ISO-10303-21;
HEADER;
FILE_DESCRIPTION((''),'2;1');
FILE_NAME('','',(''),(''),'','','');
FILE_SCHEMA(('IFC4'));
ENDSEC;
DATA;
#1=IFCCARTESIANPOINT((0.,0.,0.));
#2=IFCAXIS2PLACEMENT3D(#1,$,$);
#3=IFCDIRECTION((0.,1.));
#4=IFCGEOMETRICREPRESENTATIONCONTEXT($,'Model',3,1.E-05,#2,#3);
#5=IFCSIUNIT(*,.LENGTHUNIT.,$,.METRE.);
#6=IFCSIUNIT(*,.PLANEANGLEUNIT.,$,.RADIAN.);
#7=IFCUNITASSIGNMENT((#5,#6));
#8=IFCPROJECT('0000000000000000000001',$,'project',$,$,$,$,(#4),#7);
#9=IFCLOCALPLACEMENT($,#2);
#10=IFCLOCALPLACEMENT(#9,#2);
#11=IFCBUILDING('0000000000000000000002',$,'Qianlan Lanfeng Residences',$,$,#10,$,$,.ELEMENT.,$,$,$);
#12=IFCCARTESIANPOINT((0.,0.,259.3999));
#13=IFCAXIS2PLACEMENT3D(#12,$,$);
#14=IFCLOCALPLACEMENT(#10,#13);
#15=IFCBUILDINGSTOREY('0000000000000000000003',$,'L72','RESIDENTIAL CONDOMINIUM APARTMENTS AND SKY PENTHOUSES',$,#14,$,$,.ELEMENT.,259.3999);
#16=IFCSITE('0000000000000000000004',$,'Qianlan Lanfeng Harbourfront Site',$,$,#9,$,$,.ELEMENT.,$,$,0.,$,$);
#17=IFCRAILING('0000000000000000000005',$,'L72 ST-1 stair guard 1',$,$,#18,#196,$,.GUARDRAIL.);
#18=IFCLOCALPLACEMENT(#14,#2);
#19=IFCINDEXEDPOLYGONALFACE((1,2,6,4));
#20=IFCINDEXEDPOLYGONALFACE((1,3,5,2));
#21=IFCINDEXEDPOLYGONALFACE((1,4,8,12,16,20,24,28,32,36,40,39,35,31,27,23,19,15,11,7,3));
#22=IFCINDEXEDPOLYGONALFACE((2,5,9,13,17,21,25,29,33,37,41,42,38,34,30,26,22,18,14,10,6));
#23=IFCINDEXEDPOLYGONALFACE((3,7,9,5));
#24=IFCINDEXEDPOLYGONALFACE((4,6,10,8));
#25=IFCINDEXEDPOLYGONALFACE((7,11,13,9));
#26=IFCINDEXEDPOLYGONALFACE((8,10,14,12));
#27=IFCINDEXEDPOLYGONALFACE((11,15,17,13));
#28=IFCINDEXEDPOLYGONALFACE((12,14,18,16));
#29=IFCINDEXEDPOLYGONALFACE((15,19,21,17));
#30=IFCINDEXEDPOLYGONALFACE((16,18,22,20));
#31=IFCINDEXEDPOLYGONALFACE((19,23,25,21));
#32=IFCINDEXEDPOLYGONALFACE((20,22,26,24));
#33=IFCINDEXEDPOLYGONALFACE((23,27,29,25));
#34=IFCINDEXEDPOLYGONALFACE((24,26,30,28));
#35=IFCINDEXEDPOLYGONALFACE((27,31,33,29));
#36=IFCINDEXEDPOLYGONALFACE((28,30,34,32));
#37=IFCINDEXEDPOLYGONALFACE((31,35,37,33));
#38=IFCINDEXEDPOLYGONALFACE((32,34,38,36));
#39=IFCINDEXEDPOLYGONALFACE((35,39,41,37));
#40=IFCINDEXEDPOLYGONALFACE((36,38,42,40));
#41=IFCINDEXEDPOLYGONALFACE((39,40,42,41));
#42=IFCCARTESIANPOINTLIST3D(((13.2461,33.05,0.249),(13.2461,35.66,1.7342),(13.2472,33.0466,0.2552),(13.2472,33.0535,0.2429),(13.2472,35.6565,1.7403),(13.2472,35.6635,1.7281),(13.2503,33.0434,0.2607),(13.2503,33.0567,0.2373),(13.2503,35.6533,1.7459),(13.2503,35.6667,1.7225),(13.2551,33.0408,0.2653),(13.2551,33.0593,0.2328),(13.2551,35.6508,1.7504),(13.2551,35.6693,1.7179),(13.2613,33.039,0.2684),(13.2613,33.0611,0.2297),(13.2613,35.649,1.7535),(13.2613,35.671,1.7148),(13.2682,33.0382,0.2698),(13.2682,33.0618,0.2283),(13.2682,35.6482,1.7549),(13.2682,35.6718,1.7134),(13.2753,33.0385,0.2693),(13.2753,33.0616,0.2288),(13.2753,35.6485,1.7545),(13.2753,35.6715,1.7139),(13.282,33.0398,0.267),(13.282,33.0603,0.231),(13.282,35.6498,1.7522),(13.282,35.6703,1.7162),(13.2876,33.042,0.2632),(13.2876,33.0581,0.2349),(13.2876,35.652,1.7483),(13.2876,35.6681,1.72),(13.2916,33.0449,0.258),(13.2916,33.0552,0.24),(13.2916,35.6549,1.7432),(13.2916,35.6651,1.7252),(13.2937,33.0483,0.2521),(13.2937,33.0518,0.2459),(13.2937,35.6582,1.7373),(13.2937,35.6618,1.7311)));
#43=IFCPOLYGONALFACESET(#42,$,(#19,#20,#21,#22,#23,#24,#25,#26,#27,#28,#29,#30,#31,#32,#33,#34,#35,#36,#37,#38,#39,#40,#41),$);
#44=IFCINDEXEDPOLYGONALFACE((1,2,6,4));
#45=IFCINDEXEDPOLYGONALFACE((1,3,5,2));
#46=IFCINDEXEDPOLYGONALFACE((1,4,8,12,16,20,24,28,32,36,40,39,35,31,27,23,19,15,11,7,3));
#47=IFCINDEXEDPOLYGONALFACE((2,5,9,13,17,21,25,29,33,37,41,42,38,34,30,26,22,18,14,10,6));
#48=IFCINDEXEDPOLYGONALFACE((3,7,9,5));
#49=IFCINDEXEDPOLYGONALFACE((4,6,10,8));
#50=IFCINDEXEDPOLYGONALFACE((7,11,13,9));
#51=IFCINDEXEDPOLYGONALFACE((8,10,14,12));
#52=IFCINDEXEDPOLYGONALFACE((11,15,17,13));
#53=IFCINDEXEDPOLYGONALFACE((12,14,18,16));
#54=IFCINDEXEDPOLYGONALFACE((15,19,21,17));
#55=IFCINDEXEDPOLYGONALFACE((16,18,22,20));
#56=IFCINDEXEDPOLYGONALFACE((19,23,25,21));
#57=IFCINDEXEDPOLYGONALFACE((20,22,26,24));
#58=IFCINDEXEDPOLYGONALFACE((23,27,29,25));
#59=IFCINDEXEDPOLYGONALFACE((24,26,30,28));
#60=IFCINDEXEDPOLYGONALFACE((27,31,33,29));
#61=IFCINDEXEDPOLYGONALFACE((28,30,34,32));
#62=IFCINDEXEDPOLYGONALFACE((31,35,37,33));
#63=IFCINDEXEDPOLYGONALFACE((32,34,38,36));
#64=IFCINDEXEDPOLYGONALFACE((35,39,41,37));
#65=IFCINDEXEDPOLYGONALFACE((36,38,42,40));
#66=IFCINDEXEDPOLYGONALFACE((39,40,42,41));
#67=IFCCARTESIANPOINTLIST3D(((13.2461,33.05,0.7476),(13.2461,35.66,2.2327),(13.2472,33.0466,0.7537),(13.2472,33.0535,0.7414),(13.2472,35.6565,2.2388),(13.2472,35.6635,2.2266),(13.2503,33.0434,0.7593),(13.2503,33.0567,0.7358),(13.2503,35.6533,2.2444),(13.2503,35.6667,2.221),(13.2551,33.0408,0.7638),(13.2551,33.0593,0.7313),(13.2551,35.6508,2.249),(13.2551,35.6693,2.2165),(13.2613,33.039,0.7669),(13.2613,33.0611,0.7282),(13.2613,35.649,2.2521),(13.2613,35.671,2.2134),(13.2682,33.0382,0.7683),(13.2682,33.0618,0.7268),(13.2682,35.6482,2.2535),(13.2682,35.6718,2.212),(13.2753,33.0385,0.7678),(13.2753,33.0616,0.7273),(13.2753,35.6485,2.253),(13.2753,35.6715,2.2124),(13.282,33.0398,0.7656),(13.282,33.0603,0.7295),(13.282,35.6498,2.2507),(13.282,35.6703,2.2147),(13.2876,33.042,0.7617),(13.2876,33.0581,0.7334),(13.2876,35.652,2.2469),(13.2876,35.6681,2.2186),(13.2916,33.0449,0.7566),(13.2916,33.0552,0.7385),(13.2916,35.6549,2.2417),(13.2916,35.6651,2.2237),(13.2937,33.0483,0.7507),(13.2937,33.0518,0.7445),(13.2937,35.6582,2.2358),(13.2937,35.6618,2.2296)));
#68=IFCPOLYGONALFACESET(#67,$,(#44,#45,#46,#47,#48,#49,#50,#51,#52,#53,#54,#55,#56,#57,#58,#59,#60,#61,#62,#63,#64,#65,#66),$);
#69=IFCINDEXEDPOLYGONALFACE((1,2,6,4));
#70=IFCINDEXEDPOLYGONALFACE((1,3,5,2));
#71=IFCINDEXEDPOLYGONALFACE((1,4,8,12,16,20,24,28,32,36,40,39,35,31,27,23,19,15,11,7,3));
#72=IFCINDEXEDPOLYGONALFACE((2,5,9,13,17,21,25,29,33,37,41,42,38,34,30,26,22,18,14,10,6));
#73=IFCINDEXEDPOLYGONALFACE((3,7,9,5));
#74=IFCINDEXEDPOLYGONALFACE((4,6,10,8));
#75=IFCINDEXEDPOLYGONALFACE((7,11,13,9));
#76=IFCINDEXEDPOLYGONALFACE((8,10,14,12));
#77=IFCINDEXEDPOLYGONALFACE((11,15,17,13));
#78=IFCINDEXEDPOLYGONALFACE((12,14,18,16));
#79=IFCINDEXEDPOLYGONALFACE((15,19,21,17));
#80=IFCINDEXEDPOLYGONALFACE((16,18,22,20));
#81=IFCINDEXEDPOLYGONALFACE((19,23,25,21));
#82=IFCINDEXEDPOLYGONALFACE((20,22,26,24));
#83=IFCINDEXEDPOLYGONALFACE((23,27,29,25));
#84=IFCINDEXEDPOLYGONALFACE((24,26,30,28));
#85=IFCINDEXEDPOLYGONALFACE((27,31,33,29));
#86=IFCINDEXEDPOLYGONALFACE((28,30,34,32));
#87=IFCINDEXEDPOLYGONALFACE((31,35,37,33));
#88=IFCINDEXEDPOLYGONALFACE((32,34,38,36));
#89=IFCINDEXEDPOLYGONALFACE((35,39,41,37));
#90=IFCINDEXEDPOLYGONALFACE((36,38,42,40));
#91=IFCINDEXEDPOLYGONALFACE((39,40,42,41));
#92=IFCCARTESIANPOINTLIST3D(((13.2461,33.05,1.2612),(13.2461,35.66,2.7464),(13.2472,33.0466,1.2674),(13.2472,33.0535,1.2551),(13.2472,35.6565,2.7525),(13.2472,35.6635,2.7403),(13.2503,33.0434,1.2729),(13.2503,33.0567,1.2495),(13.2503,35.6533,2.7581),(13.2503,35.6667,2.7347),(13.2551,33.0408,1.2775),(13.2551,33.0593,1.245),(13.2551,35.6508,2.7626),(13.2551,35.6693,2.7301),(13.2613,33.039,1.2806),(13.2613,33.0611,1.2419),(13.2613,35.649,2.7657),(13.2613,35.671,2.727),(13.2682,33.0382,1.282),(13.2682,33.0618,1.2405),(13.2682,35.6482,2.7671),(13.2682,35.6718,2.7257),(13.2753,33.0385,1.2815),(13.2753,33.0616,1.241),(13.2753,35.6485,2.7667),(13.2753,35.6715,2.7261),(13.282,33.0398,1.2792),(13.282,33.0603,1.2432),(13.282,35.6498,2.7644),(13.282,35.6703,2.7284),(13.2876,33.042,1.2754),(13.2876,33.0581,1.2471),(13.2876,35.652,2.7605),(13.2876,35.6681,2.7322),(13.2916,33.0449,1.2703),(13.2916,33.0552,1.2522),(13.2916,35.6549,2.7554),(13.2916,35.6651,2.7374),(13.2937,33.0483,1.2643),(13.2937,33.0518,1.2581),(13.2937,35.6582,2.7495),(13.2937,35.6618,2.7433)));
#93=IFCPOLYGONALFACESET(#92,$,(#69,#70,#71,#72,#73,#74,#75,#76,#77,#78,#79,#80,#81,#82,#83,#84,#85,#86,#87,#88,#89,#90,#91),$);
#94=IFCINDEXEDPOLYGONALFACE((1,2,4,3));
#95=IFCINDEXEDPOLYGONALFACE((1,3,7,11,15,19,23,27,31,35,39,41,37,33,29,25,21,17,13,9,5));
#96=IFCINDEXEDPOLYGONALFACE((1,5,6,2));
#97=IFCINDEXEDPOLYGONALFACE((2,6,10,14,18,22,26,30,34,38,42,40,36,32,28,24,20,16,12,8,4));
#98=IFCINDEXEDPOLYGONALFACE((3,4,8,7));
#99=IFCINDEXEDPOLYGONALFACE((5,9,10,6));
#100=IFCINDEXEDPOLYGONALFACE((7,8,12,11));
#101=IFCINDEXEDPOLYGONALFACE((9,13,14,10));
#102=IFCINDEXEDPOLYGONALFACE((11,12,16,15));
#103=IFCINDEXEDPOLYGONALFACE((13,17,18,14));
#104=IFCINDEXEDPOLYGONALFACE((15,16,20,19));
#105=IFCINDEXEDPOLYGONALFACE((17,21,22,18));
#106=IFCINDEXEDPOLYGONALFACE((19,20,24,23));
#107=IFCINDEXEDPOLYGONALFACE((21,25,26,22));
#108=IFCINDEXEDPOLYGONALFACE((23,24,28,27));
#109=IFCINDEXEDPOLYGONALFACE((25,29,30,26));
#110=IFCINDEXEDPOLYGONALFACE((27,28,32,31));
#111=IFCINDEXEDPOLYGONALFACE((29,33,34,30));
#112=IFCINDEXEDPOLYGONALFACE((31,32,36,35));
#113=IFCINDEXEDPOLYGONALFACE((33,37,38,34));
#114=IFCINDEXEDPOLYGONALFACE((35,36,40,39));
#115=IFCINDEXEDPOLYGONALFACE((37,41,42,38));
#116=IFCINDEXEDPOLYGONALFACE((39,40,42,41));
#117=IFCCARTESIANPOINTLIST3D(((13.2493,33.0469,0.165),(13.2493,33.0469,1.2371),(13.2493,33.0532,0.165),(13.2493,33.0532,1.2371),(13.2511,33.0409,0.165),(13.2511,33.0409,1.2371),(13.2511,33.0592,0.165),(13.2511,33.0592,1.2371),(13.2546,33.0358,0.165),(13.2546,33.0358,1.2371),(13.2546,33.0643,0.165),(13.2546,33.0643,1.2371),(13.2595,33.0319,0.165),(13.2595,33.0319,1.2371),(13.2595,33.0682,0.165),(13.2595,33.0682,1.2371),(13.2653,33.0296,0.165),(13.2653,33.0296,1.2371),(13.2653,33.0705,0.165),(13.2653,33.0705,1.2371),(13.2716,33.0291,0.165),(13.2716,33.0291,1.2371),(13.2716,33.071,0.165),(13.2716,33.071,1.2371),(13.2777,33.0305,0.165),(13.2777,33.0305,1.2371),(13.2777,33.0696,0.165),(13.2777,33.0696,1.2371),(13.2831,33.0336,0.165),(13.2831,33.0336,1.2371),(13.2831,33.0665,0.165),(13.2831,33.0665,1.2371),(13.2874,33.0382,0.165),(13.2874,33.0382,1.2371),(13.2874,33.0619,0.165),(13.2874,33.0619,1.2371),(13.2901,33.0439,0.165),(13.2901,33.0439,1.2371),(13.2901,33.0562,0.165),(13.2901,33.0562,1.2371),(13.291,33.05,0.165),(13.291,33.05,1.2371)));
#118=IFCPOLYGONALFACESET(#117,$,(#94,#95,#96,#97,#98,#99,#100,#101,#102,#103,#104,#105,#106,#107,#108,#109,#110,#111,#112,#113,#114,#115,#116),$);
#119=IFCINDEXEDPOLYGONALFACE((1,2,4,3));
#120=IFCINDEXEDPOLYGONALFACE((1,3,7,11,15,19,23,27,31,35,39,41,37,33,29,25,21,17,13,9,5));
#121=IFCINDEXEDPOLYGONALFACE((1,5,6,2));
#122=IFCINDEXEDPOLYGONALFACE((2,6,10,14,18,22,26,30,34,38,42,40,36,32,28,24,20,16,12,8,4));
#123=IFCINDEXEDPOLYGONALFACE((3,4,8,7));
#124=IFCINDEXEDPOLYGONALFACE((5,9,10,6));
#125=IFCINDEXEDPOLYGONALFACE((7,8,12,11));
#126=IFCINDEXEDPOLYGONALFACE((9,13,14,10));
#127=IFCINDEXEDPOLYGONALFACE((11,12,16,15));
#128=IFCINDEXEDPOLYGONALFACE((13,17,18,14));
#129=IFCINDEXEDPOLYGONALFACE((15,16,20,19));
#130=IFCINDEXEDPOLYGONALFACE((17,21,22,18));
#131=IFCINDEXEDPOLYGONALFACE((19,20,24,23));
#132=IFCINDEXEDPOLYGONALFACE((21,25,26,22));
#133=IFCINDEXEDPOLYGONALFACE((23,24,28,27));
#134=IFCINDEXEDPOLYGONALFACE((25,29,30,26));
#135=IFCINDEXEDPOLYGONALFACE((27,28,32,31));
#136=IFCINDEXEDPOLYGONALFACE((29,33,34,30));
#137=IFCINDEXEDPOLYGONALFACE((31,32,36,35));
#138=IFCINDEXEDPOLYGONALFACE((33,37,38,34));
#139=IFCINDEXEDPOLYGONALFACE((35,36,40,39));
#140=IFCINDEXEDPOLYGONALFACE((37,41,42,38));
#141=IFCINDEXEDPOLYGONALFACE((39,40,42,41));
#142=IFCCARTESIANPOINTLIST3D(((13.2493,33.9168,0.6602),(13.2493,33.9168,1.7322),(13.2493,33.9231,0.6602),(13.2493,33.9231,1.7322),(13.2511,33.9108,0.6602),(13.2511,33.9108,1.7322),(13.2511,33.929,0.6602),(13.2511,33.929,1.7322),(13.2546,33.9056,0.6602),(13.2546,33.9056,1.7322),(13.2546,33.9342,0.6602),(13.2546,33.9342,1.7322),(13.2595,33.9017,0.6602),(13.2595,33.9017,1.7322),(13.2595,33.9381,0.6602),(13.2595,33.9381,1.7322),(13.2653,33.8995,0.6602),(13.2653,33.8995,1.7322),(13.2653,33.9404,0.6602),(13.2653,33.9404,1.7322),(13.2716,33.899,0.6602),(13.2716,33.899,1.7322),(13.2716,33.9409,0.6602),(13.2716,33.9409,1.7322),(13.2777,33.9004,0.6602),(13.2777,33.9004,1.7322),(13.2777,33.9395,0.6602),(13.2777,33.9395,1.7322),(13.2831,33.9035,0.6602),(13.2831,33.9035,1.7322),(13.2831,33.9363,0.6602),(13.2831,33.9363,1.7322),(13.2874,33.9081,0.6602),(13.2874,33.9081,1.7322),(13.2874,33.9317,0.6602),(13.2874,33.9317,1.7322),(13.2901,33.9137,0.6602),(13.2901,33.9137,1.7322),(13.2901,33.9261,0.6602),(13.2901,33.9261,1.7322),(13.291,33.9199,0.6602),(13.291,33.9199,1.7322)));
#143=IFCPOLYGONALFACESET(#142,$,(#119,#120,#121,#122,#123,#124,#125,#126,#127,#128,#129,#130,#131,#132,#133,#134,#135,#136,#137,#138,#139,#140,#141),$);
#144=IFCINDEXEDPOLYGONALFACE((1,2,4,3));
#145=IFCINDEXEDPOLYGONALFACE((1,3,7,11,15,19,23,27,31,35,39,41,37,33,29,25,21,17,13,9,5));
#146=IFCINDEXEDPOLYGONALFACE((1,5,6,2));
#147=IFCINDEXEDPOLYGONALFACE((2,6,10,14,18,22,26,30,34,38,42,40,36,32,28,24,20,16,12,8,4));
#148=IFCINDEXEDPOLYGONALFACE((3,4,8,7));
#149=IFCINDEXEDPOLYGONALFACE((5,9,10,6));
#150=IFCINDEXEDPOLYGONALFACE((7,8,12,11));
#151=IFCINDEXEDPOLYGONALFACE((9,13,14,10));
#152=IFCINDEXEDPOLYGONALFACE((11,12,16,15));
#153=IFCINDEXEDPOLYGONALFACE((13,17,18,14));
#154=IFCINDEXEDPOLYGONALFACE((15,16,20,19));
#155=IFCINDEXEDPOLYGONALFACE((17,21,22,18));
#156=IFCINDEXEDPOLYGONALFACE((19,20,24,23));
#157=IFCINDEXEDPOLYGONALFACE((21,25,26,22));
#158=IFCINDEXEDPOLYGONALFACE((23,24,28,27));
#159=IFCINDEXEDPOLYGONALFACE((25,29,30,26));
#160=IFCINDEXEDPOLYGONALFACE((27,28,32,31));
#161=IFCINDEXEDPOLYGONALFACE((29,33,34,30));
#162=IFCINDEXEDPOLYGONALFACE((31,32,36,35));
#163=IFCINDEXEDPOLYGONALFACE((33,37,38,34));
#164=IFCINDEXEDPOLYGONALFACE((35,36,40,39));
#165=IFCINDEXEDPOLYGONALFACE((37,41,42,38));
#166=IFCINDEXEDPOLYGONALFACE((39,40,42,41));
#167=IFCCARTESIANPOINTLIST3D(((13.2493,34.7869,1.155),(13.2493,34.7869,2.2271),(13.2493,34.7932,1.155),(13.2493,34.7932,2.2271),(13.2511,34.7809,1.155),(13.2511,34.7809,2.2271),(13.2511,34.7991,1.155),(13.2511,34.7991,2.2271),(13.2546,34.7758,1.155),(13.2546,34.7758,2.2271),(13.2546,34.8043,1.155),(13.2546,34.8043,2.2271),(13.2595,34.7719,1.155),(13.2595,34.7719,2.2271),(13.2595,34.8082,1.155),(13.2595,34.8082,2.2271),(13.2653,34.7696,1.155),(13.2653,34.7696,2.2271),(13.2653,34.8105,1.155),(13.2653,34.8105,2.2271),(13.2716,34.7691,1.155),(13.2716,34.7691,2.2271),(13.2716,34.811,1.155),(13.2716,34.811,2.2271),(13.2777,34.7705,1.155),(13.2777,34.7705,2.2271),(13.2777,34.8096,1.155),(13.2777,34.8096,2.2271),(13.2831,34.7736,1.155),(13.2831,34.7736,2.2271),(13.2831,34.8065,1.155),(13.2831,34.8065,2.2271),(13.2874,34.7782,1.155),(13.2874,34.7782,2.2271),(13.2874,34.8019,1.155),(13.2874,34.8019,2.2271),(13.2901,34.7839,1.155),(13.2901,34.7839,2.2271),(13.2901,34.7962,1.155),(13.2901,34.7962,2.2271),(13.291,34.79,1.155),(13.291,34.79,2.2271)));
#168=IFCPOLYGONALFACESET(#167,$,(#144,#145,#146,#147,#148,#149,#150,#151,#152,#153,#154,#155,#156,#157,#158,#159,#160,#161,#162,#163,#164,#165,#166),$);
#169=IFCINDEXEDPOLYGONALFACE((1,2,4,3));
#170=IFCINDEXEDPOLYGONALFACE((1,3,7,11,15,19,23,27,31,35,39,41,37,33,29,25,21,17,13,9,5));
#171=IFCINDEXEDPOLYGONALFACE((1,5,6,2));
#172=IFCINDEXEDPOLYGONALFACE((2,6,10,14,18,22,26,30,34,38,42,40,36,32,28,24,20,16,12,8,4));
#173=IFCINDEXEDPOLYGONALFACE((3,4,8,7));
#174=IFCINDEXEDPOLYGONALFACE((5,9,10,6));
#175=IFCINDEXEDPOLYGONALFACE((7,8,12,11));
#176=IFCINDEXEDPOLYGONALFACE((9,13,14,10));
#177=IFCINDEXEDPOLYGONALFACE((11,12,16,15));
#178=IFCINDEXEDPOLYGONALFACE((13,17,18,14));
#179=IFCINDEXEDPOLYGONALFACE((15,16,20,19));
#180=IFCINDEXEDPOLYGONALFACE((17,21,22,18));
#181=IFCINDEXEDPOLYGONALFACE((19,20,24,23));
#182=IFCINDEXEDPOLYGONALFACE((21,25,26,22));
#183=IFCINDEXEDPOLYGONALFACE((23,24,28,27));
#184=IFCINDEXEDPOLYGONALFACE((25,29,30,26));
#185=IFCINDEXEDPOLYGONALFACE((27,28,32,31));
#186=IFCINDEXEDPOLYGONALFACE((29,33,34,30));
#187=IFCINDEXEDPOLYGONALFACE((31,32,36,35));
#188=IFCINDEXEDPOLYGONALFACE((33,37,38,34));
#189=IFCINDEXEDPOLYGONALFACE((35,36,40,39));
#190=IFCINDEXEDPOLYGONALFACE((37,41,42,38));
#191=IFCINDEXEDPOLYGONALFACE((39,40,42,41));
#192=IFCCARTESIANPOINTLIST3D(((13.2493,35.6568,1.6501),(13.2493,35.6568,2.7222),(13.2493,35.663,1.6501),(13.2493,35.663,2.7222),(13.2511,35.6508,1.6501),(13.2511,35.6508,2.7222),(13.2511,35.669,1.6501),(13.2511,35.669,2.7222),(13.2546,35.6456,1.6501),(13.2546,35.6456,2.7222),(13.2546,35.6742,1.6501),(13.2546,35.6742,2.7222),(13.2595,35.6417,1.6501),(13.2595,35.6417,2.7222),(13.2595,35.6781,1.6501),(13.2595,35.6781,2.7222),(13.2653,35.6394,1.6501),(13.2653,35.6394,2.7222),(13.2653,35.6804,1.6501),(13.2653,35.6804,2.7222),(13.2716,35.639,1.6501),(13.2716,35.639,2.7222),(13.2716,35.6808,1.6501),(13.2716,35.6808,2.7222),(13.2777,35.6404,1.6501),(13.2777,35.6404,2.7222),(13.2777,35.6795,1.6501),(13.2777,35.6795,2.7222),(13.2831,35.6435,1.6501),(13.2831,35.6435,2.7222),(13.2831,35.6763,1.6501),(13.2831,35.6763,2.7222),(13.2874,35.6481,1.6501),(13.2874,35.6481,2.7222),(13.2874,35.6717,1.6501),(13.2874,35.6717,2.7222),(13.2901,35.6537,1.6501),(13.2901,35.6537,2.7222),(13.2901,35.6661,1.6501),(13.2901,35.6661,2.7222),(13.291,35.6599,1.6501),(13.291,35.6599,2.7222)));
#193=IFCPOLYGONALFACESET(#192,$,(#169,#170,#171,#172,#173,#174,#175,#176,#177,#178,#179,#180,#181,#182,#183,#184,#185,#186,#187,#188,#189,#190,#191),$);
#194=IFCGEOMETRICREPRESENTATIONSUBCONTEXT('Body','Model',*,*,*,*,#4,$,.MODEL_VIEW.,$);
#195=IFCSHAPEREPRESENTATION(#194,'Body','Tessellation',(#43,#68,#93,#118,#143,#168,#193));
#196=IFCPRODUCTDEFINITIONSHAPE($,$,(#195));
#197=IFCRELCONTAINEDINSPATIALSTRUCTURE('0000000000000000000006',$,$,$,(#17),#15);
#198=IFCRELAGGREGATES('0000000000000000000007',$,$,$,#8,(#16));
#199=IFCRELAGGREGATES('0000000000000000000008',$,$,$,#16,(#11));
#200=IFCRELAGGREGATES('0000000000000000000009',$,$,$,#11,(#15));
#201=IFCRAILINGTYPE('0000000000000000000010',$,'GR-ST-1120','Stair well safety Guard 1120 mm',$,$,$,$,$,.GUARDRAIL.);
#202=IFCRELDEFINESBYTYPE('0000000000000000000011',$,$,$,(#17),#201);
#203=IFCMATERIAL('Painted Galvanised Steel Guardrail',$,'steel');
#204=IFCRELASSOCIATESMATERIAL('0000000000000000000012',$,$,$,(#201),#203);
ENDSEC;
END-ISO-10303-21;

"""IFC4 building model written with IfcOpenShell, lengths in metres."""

from ifc_helpers import new_model, si_unit, direction, frame, origin, origin_2d, place, context, subcontext, project, spatial, circle, extrude, material, type_object, element, save


model = new_model("IFC4")

# Units and contexts
model_context = context("Model", 3, precision=1e-05, world=origin(), true_north=direction((0.0, 1.0)))
body_context = subcontext(model_context, "Body", "Model", "MODEL_VIEW")
ifc_project = project(units=[si_unit("LENGTHUNIT", "METRE"), si_unit("PLANEANGLEUNIT", "RADIAN")], contexts=[model_context])

# Site, building, storey
site_placement = place(None, origin())
site = spatial("IfcSite", under=ifc_project, at=site_placement, Name="Qianlan Lanfeng Harbourfront Site", CompositionType="ELEMENT", RefElevation=0.0)
building_placement = place(site_placement, origin())
building = spatial("IfcBuilding", under=site, at=building_placement, Name="Qianlan Lanfeng Residences", CompositionType="ELEMENT")
storey_placement = place(building_placement, frame((0.0, 0.0, 259.3999)))
storey = spatial("IfcBuildingStorey", under=building, at=storey_placement, Name="L72", Description="RESIDENTIAL CONDOMINIUM APARTMENTS AND SKY PENTHOUSES", CompositionType="ELEMENT", Elevation=259.3999)

# Railing
ifc_material_1 = material(Name="Painted Galvanised Steel Guardrail", Category="steel")
railing_type_1 = type_object("IfcRailingType", Name="GR-ST-1120", Description="Stair well safety Guard 1120 mm", PredefinedType="GUARDRAIL", material=ifc_material_1)
railing_1_placement = place(storey_placement, frame((13.27, 33.05, 0.165)))
element("IfcRailing", 1, at=railing_1_placement, inside=storey, type_object=railing_type_1, Name="L72 ST-1 stair guard 1", PredefinedType="GUARDRAIL", context=body_context, shape_type="SweptSolid", body=[
    extrude(circle(Radius=0.0239, at=origin_2d()), frame((0.0, 0.0, 0.084), z_axis=(0.0, 0.869137, 0.494571), x_axis=(-1.0, 0.0, 0.0)), (0.0, 0.0, 1.0), 3.0029),
    extrude(circle(Radius=0.0239, at=origin_2d()), frame((0.0, 0.0, 0.5825), z_axis=(0.0, 0.869137, 0.494571), x_axis=(-1.0, 0.0, 0.0)), (0.0, 0.0, 1.0), 3.0029),
    extrude(circle(Radius=0.0239, at=origin_2d()), frame((0.0, 0.0, 1.0962), z_axis=(0.0, 0.869137, 0.494571), x_axis=(-1.0, 0.0, 0.0)), (0.0, 0.0, 1.0), 3.0029),
    extrude(circle(Radius=0.021, at=origin_2d()), origin(), (0.0, 0.0, 1.0), 1.072),
    extrude(circle(Radius=0.021, at=origin_2d()), frame((0.0, 0.8699, 0.4951)), (0.0, 0.0, 1.0), 1.072),
    extrude(circle(Radius=0.021, at=origin_2d()), frame((0.0, 1.74, 0.99)), (0.0, 0.0, 1.0), 1.072),
    extrude(circle(Radius=0.021, at=origin_2d()), frame((0.0, 2.6099, 1.4851)), (0.0, 0.0, 1.0), 1.072),
])

save(model, "model.ifc")
